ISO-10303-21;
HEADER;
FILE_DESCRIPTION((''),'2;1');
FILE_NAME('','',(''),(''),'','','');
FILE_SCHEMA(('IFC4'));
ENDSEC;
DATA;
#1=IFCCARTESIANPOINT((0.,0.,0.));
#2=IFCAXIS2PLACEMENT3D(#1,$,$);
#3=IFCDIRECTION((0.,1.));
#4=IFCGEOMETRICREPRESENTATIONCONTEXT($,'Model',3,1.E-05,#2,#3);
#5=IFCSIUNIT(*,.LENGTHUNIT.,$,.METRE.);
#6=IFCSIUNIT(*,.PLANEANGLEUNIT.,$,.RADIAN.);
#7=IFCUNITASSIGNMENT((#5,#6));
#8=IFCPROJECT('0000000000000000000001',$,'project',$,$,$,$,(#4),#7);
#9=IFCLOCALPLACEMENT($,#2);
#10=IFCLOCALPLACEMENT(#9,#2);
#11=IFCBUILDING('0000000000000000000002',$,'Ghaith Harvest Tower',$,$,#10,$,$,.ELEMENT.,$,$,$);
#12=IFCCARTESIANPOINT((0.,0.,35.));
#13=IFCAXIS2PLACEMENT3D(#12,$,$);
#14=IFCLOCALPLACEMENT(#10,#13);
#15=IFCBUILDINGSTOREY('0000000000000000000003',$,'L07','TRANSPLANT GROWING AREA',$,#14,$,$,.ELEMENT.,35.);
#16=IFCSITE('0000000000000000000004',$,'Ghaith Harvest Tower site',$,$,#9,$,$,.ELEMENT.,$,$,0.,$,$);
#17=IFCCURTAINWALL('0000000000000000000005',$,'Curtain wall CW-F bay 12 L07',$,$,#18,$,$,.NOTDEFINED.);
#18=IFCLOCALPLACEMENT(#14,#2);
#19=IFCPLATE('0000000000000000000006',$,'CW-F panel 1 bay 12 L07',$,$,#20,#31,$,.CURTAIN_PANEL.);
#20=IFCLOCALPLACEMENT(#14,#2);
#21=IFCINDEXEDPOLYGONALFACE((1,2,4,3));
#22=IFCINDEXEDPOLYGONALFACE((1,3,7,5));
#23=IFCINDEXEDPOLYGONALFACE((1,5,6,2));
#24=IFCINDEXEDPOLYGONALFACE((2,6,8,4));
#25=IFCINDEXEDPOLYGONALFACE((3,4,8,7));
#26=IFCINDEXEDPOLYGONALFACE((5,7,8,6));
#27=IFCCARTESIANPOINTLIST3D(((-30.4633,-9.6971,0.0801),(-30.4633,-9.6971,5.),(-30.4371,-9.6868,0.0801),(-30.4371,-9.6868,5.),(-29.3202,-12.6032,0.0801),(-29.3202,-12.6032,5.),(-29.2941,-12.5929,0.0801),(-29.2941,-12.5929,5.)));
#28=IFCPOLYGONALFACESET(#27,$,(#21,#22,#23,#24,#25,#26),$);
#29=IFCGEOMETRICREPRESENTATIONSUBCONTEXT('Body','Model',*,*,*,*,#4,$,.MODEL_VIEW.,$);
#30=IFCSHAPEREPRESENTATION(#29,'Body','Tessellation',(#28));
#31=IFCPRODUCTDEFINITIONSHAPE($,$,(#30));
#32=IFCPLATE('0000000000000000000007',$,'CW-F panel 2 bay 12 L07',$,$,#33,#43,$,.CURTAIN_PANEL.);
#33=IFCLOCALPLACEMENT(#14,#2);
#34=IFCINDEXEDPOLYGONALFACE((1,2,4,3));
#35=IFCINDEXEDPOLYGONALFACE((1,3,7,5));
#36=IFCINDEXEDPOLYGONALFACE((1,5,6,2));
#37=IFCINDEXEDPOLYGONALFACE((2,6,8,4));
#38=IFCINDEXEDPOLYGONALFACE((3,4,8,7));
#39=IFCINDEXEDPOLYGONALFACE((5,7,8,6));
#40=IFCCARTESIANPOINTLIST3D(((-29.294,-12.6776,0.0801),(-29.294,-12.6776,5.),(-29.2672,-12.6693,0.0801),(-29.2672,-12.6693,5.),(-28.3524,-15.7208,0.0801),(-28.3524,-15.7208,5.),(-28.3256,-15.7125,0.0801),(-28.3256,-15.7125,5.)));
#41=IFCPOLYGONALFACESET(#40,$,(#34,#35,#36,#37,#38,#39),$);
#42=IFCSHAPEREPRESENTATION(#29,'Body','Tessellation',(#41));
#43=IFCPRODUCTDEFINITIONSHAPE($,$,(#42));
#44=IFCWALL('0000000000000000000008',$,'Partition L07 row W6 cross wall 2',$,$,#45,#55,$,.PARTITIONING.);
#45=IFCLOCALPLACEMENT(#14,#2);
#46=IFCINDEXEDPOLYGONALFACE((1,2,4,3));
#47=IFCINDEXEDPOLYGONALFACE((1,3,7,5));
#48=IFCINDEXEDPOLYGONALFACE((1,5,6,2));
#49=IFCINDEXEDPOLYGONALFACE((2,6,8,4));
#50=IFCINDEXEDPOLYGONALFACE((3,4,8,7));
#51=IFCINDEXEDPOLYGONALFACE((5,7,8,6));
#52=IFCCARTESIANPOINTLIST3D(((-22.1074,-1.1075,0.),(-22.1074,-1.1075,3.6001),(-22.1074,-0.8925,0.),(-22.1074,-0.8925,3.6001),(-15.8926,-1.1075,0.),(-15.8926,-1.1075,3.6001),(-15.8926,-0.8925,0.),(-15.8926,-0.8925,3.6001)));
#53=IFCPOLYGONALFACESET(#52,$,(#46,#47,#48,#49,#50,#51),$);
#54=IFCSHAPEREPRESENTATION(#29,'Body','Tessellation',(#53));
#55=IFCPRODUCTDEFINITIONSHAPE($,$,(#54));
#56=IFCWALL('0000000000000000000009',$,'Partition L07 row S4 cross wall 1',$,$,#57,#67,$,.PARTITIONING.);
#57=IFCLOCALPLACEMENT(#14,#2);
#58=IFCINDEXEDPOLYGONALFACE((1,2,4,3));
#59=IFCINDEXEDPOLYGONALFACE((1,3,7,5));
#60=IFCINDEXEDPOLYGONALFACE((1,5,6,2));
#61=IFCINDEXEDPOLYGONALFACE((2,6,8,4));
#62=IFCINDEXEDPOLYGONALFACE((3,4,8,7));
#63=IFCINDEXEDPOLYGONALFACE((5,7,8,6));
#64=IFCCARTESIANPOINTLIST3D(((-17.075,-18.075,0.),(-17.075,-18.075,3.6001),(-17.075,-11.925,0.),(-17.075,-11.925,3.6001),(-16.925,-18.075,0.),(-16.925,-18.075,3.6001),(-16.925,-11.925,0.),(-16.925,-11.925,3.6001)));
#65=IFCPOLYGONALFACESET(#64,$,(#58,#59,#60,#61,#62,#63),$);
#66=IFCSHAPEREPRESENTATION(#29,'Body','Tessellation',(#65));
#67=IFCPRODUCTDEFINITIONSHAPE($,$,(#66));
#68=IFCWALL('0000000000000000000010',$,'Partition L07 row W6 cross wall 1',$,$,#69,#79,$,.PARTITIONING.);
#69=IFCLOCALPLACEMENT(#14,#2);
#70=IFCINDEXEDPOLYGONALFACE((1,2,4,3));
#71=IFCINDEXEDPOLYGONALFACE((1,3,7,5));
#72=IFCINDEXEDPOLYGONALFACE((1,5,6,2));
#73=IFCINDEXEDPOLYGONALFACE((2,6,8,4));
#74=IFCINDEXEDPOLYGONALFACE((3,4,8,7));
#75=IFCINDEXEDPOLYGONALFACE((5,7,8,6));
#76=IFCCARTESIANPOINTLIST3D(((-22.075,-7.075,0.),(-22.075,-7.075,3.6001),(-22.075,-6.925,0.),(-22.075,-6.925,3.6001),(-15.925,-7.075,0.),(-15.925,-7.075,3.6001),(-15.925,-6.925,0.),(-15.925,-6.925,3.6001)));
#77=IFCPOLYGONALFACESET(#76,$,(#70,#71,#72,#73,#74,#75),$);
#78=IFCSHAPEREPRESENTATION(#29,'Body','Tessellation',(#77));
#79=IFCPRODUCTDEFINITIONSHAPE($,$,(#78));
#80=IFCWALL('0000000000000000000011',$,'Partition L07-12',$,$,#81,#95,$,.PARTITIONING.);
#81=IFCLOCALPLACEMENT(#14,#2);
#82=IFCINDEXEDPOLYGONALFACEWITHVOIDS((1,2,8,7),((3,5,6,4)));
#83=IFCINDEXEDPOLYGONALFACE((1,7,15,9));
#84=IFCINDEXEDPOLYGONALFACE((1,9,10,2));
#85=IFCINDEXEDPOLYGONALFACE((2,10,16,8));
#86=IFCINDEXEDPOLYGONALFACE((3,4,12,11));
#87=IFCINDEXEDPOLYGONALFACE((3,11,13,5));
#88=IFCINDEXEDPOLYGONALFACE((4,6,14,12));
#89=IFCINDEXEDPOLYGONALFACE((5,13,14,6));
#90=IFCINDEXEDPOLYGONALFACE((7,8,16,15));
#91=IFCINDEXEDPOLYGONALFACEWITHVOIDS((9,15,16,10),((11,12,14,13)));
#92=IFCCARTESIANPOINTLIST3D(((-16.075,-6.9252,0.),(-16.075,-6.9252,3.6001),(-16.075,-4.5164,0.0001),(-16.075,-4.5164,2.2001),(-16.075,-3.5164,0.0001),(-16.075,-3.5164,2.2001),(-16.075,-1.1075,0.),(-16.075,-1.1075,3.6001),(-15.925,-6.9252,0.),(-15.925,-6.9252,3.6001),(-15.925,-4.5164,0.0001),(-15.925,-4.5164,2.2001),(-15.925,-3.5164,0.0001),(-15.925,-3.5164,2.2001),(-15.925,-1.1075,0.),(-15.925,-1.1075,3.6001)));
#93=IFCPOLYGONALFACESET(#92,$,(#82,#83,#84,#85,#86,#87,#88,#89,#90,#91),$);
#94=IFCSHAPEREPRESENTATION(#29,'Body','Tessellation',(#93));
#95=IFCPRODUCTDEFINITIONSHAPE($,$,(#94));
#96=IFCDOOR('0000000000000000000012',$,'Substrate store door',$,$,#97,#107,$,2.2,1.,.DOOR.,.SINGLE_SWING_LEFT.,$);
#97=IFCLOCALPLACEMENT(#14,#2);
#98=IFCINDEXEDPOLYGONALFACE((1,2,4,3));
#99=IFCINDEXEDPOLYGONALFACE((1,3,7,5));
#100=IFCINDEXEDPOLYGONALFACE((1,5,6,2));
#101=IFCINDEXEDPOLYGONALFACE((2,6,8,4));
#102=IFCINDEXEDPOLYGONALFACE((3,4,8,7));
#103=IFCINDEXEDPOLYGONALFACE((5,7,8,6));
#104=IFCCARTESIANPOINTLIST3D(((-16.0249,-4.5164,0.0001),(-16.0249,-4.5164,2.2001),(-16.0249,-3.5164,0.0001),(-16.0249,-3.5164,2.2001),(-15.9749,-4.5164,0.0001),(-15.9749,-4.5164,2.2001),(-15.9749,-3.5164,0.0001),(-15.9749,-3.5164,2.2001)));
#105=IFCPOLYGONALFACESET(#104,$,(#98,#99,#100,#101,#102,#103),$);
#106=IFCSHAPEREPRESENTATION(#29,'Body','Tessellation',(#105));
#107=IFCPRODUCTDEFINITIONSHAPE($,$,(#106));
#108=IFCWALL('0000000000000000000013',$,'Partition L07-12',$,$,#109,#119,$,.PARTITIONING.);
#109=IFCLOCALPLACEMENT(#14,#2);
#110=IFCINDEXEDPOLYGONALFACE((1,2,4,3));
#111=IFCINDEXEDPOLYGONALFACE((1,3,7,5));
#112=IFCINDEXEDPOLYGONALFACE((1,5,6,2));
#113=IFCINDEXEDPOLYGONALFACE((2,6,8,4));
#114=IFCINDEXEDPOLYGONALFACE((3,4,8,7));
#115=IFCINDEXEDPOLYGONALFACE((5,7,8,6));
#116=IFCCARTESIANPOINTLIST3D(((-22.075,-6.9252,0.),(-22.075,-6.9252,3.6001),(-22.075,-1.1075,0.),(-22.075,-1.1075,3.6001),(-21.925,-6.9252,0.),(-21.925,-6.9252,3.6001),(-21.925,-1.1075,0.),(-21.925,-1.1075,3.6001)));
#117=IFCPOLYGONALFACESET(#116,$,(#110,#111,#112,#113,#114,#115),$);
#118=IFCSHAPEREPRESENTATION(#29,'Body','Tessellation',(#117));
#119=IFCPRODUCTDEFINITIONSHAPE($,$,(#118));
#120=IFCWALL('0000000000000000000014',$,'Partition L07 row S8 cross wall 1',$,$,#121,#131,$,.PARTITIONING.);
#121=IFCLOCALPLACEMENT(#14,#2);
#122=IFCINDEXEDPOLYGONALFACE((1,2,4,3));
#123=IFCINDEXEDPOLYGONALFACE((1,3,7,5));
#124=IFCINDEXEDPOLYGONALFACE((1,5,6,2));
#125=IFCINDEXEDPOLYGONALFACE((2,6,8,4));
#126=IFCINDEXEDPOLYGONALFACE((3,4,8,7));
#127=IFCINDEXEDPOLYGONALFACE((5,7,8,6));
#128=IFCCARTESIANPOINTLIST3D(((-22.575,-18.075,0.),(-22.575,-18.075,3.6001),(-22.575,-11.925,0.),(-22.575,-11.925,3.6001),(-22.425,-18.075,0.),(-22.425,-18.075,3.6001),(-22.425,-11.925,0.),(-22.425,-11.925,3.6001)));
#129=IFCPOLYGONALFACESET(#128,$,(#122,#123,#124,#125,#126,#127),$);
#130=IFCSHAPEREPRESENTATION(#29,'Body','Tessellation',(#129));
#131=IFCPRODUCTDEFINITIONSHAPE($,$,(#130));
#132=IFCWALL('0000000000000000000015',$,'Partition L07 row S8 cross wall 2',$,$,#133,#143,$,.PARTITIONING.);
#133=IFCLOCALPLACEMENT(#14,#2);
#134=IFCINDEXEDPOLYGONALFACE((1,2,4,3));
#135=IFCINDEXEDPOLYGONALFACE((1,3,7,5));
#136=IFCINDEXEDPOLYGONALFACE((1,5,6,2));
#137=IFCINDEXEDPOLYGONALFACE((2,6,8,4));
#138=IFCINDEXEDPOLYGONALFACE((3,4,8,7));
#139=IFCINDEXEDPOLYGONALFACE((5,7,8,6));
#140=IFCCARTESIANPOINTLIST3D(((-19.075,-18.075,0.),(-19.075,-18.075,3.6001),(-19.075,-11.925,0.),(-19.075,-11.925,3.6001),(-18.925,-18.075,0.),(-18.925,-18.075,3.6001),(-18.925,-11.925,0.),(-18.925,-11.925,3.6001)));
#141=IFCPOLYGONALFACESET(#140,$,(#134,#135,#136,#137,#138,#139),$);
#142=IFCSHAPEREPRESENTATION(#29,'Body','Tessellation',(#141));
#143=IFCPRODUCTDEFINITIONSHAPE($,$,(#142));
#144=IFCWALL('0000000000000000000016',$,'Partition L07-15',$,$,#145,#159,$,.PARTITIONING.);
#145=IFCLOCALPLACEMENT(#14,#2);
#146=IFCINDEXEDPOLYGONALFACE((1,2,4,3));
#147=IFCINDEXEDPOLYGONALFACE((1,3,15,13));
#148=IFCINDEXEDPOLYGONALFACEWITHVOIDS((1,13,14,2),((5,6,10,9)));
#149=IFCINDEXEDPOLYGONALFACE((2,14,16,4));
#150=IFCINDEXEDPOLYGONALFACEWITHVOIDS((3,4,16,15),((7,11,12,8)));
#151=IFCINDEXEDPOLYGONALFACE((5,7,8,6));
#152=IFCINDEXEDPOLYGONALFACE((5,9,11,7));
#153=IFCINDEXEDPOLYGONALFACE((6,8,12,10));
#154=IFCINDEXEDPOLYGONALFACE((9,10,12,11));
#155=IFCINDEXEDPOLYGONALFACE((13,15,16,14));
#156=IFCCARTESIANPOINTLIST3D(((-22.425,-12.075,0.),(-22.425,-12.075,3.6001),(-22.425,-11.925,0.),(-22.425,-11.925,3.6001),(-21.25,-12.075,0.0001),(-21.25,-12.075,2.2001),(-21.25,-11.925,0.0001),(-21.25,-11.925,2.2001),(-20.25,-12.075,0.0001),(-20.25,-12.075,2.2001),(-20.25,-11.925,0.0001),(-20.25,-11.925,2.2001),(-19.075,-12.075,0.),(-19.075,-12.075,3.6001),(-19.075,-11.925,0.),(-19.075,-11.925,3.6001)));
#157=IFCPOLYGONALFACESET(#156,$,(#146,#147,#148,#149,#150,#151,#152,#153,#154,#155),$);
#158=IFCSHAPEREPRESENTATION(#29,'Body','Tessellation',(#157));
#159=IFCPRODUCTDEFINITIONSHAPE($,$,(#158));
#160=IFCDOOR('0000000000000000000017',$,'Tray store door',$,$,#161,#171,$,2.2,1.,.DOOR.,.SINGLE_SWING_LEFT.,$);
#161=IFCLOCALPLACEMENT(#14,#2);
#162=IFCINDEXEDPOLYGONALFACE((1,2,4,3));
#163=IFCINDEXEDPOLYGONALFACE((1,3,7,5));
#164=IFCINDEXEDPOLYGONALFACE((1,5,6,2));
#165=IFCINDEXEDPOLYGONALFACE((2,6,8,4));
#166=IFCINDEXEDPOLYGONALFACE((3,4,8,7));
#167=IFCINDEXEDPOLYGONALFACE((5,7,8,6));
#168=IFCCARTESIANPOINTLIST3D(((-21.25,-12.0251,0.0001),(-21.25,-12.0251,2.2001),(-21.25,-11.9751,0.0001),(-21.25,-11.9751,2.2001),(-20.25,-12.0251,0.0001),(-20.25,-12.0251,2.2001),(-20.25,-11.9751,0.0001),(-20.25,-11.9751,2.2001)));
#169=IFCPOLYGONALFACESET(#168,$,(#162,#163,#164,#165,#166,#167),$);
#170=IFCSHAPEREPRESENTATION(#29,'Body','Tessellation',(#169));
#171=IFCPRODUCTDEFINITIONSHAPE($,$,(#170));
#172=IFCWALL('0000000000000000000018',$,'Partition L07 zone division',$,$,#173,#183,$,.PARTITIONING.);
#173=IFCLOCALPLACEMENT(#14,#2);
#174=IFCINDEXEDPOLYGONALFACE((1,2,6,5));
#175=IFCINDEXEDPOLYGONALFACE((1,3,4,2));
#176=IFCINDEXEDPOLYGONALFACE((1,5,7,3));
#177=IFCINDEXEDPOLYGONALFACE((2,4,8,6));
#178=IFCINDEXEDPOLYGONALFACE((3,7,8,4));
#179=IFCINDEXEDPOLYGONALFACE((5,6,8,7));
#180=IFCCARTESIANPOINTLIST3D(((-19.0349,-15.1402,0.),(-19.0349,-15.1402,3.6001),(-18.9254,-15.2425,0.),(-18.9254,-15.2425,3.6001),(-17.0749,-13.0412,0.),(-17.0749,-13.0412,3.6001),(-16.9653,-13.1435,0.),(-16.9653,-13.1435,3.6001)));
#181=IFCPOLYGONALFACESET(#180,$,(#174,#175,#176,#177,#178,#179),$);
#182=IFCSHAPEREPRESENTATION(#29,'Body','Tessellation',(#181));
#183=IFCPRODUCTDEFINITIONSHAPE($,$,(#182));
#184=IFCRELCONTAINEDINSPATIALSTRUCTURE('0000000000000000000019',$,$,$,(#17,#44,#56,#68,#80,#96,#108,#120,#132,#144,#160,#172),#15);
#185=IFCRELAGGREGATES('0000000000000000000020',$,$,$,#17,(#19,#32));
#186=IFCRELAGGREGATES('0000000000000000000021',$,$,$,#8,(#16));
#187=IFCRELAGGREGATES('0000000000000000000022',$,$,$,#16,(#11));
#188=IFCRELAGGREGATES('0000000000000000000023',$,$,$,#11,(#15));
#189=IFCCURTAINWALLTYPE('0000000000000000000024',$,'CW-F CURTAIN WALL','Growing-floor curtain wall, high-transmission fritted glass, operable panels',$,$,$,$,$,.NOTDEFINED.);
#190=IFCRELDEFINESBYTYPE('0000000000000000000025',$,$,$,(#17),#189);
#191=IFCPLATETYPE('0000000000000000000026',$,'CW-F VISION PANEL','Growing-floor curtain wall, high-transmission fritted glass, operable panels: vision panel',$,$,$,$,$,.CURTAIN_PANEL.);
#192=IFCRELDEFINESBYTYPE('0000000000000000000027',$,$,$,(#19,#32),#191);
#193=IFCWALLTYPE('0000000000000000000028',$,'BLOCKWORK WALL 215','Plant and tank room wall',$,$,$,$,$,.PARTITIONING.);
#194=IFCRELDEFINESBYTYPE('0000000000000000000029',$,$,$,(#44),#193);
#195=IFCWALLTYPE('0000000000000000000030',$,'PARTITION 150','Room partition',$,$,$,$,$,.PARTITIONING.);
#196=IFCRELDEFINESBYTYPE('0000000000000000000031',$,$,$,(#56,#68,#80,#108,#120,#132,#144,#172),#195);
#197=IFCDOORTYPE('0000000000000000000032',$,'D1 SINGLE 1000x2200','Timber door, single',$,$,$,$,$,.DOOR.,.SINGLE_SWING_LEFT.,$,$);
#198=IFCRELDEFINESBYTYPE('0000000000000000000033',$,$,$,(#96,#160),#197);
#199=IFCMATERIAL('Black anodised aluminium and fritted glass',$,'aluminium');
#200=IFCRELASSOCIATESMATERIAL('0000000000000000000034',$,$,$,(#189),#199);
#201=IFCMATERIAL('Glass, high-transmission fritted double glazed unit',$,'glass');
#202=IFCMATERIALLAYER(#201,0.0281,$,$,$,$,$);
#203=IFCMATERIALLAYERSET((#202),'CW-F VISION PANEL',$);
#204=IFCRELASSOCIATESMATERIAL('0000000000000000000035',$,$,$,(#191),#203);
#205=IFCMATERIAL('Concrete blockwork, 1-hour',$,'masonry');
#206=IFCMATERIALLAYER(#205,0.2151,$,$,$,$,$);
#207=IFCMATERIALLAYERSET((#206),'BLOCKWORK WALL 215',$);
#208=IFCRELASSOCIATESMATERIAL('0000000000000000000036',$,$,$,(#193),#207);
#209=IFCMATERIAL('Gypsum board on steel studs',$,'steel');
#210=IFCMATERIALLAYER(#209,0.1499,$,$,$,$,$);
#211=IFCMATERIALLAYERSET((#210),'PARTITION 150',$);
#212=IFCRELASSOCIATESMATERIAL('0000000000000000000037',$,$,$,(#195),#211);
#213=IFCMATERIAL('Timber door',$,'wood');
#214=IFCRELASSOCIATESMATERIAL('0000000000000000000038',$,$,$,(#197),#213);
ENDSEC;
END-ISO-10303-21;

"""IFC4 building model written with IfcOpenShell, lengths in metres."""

from ifc_helpers import new_model, si_unit, direction, frame, frame_2d, origin, origin_2d, place, context, subcontext, project, spatial, rectangle, extrude, material, layer, layer_set, type_object, element, fill, aggregate, save


model = new_model("IFC4")

# Units and contexts
model_context = context("Model", 3, precision=1e-05, world=origin(), true_north=direction((0.0, 1.0)))
body_context = subcontext(model_context, "Body", "Model", "MODEL_VIEW")
ifc_project = project(units=[si_unit("LENGTHUNIT", "METRE"), si_unit("PLANEANGLEUNIT", "RADIAN")], contexts=[model_context])

# Site, building, storey
site_placement = place(None, origin())
site = spatial("IfcSite", under=ifc_project, at=site_placement, Name="Ghaith Harvest Tower site", CompositionType="ELEMENT", RefElevation=0.0)
building_placement = place(site_placement, origin())
building = spatial("IfcBuilding", under=site, at=building_placement, Name="Ghaith Harvest Tower", CompositionType="ELEMENT")
storey_placement = place(building_placement, frame((0.0, 0.0, 35.0)))
storey = spatial("IfcBuildingStorey", under=building, at=storey_placement, Name="L07", Description="TRANSPLANT GROWING AREA", CompositionType="ELEMENT", Elevation=35.0)

# Curtain wall
ifc_material_1 = material(Name="Black anodised aluminium and fritted glass", Category="aluminium")
curtain_wall_type = type_object("IfcCurtainWallType", Name="CW-F CURTAIN WALL", Description="Growing-floor curtain wall, high-transmission fritted glass, operable panels", PredefinedType="NOTDEFINED", material=ifc_material_1)
curtain_wall_1_placement = place(storey_placement, origin())
curtain_wall_1 = element("IfcCurtainWall", 1, at=curtain_wall_1_placement, inside=storey, type_object=curtain_wall_type, Name="Curtain wall CW-F bay 12 L07", PredefinedType="NOTDEFINED")

# Plates
ifc_material_2 = material(Name="Glass, high-transmission fritted double glazed unit", Category="glass")
ifc_layer_1 = layer(ifc_material_2, 0.0281)
ifc_layer_set_1 = layer_set([ifc_layer_1], Name="CW-F VISION PANEL")
plate_type = type_object("IfcPlateType", Name="CW-F VISION PANEL", Description="Growing-floor curtain wall, high-transmission fritted glass, operable panels: vision panel", PredefinedType="CURTAIN_PANEL", material=ifc_layer_set_1)
plate_1_placement = place(storey_placement, frame((-29.8787, -11.145, 0.0801), z_axis=(0.0, 0.0, 1.0), x_axis=(0.36604, -0.930599, 0.0)))
plate_1 = element("IfcPlate", 2, at=plate_1_placement, type_object=plate_type, Name="CW-F panel 1 bay 12 L07", PredefinedType="CURTAIN_PANEL", context=body_context, shape_type="SweptSolid", body=[
    extrude(rectangle(XDim=3.1228, YDim=0.0281, at=origin_2d()), origin(), (0.0, 0.0, 1.0), 4.9199),
])
plate_2_placement = place(storey_placement, frame((-28.8098, -14.1951, 0.0801), z_axis=(0.0, 0.0, 1.0), x_axis=(0.295583, -0.955317, 0.0)))
plate_2 = element("IfcPlate", 3, at=plate_2_placement, type_object=plate_type, Name="CW-F panel 2 bay 12 L07", PredefinedType="CURTAIN_PANEL", context=body_context, shape_type="SweptSolid", body=[
    extrude(rectangle(XDim=3.1855, YDim=0.0281, at=origin_2d()), origin(), (0.0, 0.0, 1.0), 4.9199),
])
aggregate(curtain_wall_1, [plate_1, plate_2])

# Wall
ifc_material_3 = material(Name="Concrete blockwork, 1-hour", Category="masonry")
ifc_layer_2 = layer(ifc_material_3, 0.2151)
ifc_layer_set_2 = layer_set([ifc_layer_2], Name="BLOCKWORK WALL 215")
wall_type_1 = type_object("IfcWallType", Name="BLOCKWORK WALL 215", Description="Plant and tank room wall", PredefinedType="PARTITIONING", material=ifc_layer_set_2)
wall_1_placement = place(storey_placement, frame((-15.8926, -1.0, 0.0), z_axis=(0.0, 0.0, 1.0), x_axis=(-1.0, 0.0, 0.0)))
element("IfcWall", 4, at=wall_1_placement, inside=storey, type_object=wall_type_1, Name="Partition L07 row W6 cross wall 2", PredefinedType="PARTITIONING", context=body_context, shape_type="SweptSolid", body=[
    extrude(rectangle(XDim=6.2148, YDim=0.2151, at=frame_2d((3.1074, 0.0))), origin(), (0.0, 0.0, 1.0), 3.6001),
])

# Wall
ifc_material_4 = material(Name="Gypsum board on steel studs", Category="steel")
ifc_layer_3 = layer(ifc_material_4, 0.1499)
ifc_layer_set_3 = layer_set([ifc_layer_3], Name="PARTITION 150")
wall_type_2 = type_object("IfcWallType", Name="PARTITION 150", Description="Room partition", PredefinedType="PARTITIONING", material=ifc_layer_set_3)
wall_2_placement = place(storey_placement, frame((-17.0, -11.925, 0.0), z_axis=(0.0, 0.0, 1.0), x_axis=(0.0, -1.0, 0.0)))
element("IfcWall", 5, at=wall_2_placement, inside=storey, type_object=wall_type_2, Name="Partition L07 row S4 cross wall 1", PredefinedType="PARTITIONING", context=body_context, shape_type="SweptSolid", body=[
    extrude(rectangle(XDim=6.1499, YDim=0.1499, at=frame_2d((3.075, 0.0))), origin(), (0.0, 0.0, 1.0), 3.6001),
])

# Wall
wall_3_placement = place(storey_placement, frame((-15.925, -7.0, 0.0), z_axis=(0.0, 0.0, 1.0), x_axis=(-1.0, 0.0, 0.0)))
element("IfcWall", 6, at=wall_3_placement, inside=storey, type_object=wall_type_2, Name="Partition L07 row W6 cross wall 1", PredefinedType="PARTITIONING", context=body_context, shape_type="SweptSolid", body=[
    extrude(rectangle(XDim=6.1499, YDim=0.1499, at=frame_2d((3.075, 0.0))), origin(), (0.0, 0.0, 1.0), 3.6001),
])

# Wall, opening, door
wall_4_placement = place(storey_placement, frame((-16.0, -6.925, 0.0), z_axis=(0.0, 0.0, 1.0), x_axis=(0.0, 1.0, 0.0)))
wall_4 = element("IfcWall", 7, at=wall_4_placement, inside=storey, type_object=wall_type_2, Name="Partition L07-12", PredefinedType="PARTITIONING", context=body_context, shape_type="SweptSolid", body=[
    extrude(rectangle(XDim=5.8176, YDim=0.1499, at=frame_2d((2.9087, 0.0))), origin(), (0.0, 0.0, 1.0), 3.6001),
])
opening_1_placement = place(wall_4_placement, frame((2.4087, 0.0, 0.0)))
opening_1 = element("IfcOpeningElement", 8, at=opening_1_placement, cuts=wall_4, PredefinedType="OPENING", context=body_context, shape_type="SweptSolid", body=[
    extrude(rectangle(XDim=1.0, YDim=2.2, at=frame_2d((0.5, 1.1001))), frame((0.0, 0.085, 0.0), z_axis=(0.0, -1.0, 0.0), x_axis=(1.0, 0.0, 0.0)), (0.0, 0.0, 1.0), 0.1699),
])
ifc_material_5 = material(Name="Timber door", Category="wood")
door_type_1 = type_object("IfcDoorType", Name="D1 SINGLE 1000x2200", Description="Timber door, single", OperationType="SINGLE_SWING_LEFT", PredefinedType="DOOR", material=ifc_material_5)
door_1_placement = place(opening_1_placement, origin())
door_1 = element("IfcDoor", 9, at=door_1_placement, inside=storey, type_object=door_type_1, Name="Substrate store door", OperationType="SINGLE_SWING_LEFT", OverallHeight=2.2, OverallWidth=1.0, PredefinedType="DOOR", context=body_context, shape_type="SweptSolid", body=[
    extrude(rectangle(XDim=1.0, YDim=2.2, at=frame_2d((0.5, 1.1001))), frame((0.0, 0.0249, 0.0), z_axis=(0.0, -1.0, 0.0), x_axis=(1.0, 0.0, 0.0)), (0.0, 0.0, 1.0), 0.05),
])
fill(opening_1, door_1)

# Walls
wall_5_placement = place(storey_placement, frame((-22.0, -6.925, 0.0), z_axis=(0.0, 0.0, 1.0), x_axis=(0.0, 1.0, 0.0)))
element("IfcWall", 10, at=wall_5_placement, inside=storey, type_object=wall_type_2, Name="Partition L07-12", PredefinedType="PARTITIONING", context=body_context, shape_type="SweptSolid", body=[
    extrude(rectangle(XDim=5.8176, YDim=0.1499, at=frame_2d((2.9087, 0.0))), origin(), (0.0, 0.0, 1.0), 3.6001),
])
for number, where, z_axis, x_axis, name in (
    (11, (-22.5, -11.925, 0.0), (0.0, 0.0, 1.0), (0.0, -1.0, 0.0), "Partition L07 row S8 cross wall 1"),
    (12, (-19.0, -11.925, 0.0), (0.0, 0.0, 1.0), (0.0, -1.0, 0.0), "Partition L07 row S8 cross wall 2"),
):
    element("IfcWall", number, at=place(storey_placement, frame(where, z_axis=z_axis, x_axis=x_axis)), inside=storey, type_object=wall_type_2, Name=name, PredefinedType="PARTITIONING", context=body_context, shape_type="SweptSolid", body=[
        extrude(rectangle(XDim=6.1499, YDim=0.1499, at=frame_2d((3.075, 0.0))), origin(), (0.0, 0.0, 1.0), 3.6001),
    ])

# Wall, opening, door
wall_6_placement = place(storey_placement, frame((-22.425, -12.0, 0.0), z_axis=(0.0, 0.0, 1.0), x_axis=(1.0, 0.0, 0.0)))
wall_6 = element("IfcWall", 13, at=wall_6_placement, inside=storey, type_object=wall_type_2, Name="Partition L07-15", PredefinedType="PARTITIONING", context=body_context, shape_type="SweptSolid", body=[
    extrude(rectangle(XDim=3.3501, YDim=0.1499, at=frame_2d((1.675, 0.0))), origin(), (0.0, 0.0, 1.0), 3.6001),
])
opening_2_placement = place(wall_6_placement, frame((1.175, 0.0, 0.0)))
opening_2 = element("IfcOpeningElement", 14, at=opening_2_placement, cuts=wall_6, PredefinedType="OPENING", context=body_context, shape_type="SweptSolid", body=[
    extrude(rectangle(XDim=1.0, YDim=2.2, at=frame_2d((0.5, 1.1001))), frame((0.0, 0.085, 0.0), z_axis=(0.0, -1.0, 0.0), x_axis=(1.0, 0.0, 0.0)), (0.0, 0.0, 1.0), 0.1699),
])
door_2_placement = place(opening_2_placement, origin())
door_2 = element("IfcDoor", 15, at=door_2_placement, inside=storey, type_object=door_type_1, Name="Tray store door", OperationType="SINGLE_SWING_LEFT", OverallHeight=2.2, OverallWidth=1.0, PredefinedType="DOOR", context=body_context, shape_type="SweptSolid", body=[
    extrude(rectangle(XDim=1.0, YDim=2.2, at=frame_2d((0.5, 1.1001))), frame((0.0, 0.0249, 0.0), z_axis=(0.0, -1.0, 0.0), x_axis=(1.0, 0.0, 0.0)), (0.0, 0.0, 1.0), 0.05),
])
fill(opening_2, door_2)

# Wall
wall_7_placement = place(storey_placement, frame((-17.02, -13.0923, 0.0), z_axis=(0.0, 0.0, 1.0), x_axis=(-0.682506, -0.73088, 0.0)))
element("IfcWall", 16, at=wall_7_placement, inside=storey, type_object=wall_type_2, Name="Partition L07 zone division", PredefinedType="PARTITIONING", context=body_context, shape_type="SweptSolid", body=[
    extrude(rectangle(XDim=2.8718, YDim=0.1499, at=frame_2d((1.436, 0.0))), origin(), (0.0, 0.0, 1.0), 3.6001),
])

save(model, "model.ifc")
